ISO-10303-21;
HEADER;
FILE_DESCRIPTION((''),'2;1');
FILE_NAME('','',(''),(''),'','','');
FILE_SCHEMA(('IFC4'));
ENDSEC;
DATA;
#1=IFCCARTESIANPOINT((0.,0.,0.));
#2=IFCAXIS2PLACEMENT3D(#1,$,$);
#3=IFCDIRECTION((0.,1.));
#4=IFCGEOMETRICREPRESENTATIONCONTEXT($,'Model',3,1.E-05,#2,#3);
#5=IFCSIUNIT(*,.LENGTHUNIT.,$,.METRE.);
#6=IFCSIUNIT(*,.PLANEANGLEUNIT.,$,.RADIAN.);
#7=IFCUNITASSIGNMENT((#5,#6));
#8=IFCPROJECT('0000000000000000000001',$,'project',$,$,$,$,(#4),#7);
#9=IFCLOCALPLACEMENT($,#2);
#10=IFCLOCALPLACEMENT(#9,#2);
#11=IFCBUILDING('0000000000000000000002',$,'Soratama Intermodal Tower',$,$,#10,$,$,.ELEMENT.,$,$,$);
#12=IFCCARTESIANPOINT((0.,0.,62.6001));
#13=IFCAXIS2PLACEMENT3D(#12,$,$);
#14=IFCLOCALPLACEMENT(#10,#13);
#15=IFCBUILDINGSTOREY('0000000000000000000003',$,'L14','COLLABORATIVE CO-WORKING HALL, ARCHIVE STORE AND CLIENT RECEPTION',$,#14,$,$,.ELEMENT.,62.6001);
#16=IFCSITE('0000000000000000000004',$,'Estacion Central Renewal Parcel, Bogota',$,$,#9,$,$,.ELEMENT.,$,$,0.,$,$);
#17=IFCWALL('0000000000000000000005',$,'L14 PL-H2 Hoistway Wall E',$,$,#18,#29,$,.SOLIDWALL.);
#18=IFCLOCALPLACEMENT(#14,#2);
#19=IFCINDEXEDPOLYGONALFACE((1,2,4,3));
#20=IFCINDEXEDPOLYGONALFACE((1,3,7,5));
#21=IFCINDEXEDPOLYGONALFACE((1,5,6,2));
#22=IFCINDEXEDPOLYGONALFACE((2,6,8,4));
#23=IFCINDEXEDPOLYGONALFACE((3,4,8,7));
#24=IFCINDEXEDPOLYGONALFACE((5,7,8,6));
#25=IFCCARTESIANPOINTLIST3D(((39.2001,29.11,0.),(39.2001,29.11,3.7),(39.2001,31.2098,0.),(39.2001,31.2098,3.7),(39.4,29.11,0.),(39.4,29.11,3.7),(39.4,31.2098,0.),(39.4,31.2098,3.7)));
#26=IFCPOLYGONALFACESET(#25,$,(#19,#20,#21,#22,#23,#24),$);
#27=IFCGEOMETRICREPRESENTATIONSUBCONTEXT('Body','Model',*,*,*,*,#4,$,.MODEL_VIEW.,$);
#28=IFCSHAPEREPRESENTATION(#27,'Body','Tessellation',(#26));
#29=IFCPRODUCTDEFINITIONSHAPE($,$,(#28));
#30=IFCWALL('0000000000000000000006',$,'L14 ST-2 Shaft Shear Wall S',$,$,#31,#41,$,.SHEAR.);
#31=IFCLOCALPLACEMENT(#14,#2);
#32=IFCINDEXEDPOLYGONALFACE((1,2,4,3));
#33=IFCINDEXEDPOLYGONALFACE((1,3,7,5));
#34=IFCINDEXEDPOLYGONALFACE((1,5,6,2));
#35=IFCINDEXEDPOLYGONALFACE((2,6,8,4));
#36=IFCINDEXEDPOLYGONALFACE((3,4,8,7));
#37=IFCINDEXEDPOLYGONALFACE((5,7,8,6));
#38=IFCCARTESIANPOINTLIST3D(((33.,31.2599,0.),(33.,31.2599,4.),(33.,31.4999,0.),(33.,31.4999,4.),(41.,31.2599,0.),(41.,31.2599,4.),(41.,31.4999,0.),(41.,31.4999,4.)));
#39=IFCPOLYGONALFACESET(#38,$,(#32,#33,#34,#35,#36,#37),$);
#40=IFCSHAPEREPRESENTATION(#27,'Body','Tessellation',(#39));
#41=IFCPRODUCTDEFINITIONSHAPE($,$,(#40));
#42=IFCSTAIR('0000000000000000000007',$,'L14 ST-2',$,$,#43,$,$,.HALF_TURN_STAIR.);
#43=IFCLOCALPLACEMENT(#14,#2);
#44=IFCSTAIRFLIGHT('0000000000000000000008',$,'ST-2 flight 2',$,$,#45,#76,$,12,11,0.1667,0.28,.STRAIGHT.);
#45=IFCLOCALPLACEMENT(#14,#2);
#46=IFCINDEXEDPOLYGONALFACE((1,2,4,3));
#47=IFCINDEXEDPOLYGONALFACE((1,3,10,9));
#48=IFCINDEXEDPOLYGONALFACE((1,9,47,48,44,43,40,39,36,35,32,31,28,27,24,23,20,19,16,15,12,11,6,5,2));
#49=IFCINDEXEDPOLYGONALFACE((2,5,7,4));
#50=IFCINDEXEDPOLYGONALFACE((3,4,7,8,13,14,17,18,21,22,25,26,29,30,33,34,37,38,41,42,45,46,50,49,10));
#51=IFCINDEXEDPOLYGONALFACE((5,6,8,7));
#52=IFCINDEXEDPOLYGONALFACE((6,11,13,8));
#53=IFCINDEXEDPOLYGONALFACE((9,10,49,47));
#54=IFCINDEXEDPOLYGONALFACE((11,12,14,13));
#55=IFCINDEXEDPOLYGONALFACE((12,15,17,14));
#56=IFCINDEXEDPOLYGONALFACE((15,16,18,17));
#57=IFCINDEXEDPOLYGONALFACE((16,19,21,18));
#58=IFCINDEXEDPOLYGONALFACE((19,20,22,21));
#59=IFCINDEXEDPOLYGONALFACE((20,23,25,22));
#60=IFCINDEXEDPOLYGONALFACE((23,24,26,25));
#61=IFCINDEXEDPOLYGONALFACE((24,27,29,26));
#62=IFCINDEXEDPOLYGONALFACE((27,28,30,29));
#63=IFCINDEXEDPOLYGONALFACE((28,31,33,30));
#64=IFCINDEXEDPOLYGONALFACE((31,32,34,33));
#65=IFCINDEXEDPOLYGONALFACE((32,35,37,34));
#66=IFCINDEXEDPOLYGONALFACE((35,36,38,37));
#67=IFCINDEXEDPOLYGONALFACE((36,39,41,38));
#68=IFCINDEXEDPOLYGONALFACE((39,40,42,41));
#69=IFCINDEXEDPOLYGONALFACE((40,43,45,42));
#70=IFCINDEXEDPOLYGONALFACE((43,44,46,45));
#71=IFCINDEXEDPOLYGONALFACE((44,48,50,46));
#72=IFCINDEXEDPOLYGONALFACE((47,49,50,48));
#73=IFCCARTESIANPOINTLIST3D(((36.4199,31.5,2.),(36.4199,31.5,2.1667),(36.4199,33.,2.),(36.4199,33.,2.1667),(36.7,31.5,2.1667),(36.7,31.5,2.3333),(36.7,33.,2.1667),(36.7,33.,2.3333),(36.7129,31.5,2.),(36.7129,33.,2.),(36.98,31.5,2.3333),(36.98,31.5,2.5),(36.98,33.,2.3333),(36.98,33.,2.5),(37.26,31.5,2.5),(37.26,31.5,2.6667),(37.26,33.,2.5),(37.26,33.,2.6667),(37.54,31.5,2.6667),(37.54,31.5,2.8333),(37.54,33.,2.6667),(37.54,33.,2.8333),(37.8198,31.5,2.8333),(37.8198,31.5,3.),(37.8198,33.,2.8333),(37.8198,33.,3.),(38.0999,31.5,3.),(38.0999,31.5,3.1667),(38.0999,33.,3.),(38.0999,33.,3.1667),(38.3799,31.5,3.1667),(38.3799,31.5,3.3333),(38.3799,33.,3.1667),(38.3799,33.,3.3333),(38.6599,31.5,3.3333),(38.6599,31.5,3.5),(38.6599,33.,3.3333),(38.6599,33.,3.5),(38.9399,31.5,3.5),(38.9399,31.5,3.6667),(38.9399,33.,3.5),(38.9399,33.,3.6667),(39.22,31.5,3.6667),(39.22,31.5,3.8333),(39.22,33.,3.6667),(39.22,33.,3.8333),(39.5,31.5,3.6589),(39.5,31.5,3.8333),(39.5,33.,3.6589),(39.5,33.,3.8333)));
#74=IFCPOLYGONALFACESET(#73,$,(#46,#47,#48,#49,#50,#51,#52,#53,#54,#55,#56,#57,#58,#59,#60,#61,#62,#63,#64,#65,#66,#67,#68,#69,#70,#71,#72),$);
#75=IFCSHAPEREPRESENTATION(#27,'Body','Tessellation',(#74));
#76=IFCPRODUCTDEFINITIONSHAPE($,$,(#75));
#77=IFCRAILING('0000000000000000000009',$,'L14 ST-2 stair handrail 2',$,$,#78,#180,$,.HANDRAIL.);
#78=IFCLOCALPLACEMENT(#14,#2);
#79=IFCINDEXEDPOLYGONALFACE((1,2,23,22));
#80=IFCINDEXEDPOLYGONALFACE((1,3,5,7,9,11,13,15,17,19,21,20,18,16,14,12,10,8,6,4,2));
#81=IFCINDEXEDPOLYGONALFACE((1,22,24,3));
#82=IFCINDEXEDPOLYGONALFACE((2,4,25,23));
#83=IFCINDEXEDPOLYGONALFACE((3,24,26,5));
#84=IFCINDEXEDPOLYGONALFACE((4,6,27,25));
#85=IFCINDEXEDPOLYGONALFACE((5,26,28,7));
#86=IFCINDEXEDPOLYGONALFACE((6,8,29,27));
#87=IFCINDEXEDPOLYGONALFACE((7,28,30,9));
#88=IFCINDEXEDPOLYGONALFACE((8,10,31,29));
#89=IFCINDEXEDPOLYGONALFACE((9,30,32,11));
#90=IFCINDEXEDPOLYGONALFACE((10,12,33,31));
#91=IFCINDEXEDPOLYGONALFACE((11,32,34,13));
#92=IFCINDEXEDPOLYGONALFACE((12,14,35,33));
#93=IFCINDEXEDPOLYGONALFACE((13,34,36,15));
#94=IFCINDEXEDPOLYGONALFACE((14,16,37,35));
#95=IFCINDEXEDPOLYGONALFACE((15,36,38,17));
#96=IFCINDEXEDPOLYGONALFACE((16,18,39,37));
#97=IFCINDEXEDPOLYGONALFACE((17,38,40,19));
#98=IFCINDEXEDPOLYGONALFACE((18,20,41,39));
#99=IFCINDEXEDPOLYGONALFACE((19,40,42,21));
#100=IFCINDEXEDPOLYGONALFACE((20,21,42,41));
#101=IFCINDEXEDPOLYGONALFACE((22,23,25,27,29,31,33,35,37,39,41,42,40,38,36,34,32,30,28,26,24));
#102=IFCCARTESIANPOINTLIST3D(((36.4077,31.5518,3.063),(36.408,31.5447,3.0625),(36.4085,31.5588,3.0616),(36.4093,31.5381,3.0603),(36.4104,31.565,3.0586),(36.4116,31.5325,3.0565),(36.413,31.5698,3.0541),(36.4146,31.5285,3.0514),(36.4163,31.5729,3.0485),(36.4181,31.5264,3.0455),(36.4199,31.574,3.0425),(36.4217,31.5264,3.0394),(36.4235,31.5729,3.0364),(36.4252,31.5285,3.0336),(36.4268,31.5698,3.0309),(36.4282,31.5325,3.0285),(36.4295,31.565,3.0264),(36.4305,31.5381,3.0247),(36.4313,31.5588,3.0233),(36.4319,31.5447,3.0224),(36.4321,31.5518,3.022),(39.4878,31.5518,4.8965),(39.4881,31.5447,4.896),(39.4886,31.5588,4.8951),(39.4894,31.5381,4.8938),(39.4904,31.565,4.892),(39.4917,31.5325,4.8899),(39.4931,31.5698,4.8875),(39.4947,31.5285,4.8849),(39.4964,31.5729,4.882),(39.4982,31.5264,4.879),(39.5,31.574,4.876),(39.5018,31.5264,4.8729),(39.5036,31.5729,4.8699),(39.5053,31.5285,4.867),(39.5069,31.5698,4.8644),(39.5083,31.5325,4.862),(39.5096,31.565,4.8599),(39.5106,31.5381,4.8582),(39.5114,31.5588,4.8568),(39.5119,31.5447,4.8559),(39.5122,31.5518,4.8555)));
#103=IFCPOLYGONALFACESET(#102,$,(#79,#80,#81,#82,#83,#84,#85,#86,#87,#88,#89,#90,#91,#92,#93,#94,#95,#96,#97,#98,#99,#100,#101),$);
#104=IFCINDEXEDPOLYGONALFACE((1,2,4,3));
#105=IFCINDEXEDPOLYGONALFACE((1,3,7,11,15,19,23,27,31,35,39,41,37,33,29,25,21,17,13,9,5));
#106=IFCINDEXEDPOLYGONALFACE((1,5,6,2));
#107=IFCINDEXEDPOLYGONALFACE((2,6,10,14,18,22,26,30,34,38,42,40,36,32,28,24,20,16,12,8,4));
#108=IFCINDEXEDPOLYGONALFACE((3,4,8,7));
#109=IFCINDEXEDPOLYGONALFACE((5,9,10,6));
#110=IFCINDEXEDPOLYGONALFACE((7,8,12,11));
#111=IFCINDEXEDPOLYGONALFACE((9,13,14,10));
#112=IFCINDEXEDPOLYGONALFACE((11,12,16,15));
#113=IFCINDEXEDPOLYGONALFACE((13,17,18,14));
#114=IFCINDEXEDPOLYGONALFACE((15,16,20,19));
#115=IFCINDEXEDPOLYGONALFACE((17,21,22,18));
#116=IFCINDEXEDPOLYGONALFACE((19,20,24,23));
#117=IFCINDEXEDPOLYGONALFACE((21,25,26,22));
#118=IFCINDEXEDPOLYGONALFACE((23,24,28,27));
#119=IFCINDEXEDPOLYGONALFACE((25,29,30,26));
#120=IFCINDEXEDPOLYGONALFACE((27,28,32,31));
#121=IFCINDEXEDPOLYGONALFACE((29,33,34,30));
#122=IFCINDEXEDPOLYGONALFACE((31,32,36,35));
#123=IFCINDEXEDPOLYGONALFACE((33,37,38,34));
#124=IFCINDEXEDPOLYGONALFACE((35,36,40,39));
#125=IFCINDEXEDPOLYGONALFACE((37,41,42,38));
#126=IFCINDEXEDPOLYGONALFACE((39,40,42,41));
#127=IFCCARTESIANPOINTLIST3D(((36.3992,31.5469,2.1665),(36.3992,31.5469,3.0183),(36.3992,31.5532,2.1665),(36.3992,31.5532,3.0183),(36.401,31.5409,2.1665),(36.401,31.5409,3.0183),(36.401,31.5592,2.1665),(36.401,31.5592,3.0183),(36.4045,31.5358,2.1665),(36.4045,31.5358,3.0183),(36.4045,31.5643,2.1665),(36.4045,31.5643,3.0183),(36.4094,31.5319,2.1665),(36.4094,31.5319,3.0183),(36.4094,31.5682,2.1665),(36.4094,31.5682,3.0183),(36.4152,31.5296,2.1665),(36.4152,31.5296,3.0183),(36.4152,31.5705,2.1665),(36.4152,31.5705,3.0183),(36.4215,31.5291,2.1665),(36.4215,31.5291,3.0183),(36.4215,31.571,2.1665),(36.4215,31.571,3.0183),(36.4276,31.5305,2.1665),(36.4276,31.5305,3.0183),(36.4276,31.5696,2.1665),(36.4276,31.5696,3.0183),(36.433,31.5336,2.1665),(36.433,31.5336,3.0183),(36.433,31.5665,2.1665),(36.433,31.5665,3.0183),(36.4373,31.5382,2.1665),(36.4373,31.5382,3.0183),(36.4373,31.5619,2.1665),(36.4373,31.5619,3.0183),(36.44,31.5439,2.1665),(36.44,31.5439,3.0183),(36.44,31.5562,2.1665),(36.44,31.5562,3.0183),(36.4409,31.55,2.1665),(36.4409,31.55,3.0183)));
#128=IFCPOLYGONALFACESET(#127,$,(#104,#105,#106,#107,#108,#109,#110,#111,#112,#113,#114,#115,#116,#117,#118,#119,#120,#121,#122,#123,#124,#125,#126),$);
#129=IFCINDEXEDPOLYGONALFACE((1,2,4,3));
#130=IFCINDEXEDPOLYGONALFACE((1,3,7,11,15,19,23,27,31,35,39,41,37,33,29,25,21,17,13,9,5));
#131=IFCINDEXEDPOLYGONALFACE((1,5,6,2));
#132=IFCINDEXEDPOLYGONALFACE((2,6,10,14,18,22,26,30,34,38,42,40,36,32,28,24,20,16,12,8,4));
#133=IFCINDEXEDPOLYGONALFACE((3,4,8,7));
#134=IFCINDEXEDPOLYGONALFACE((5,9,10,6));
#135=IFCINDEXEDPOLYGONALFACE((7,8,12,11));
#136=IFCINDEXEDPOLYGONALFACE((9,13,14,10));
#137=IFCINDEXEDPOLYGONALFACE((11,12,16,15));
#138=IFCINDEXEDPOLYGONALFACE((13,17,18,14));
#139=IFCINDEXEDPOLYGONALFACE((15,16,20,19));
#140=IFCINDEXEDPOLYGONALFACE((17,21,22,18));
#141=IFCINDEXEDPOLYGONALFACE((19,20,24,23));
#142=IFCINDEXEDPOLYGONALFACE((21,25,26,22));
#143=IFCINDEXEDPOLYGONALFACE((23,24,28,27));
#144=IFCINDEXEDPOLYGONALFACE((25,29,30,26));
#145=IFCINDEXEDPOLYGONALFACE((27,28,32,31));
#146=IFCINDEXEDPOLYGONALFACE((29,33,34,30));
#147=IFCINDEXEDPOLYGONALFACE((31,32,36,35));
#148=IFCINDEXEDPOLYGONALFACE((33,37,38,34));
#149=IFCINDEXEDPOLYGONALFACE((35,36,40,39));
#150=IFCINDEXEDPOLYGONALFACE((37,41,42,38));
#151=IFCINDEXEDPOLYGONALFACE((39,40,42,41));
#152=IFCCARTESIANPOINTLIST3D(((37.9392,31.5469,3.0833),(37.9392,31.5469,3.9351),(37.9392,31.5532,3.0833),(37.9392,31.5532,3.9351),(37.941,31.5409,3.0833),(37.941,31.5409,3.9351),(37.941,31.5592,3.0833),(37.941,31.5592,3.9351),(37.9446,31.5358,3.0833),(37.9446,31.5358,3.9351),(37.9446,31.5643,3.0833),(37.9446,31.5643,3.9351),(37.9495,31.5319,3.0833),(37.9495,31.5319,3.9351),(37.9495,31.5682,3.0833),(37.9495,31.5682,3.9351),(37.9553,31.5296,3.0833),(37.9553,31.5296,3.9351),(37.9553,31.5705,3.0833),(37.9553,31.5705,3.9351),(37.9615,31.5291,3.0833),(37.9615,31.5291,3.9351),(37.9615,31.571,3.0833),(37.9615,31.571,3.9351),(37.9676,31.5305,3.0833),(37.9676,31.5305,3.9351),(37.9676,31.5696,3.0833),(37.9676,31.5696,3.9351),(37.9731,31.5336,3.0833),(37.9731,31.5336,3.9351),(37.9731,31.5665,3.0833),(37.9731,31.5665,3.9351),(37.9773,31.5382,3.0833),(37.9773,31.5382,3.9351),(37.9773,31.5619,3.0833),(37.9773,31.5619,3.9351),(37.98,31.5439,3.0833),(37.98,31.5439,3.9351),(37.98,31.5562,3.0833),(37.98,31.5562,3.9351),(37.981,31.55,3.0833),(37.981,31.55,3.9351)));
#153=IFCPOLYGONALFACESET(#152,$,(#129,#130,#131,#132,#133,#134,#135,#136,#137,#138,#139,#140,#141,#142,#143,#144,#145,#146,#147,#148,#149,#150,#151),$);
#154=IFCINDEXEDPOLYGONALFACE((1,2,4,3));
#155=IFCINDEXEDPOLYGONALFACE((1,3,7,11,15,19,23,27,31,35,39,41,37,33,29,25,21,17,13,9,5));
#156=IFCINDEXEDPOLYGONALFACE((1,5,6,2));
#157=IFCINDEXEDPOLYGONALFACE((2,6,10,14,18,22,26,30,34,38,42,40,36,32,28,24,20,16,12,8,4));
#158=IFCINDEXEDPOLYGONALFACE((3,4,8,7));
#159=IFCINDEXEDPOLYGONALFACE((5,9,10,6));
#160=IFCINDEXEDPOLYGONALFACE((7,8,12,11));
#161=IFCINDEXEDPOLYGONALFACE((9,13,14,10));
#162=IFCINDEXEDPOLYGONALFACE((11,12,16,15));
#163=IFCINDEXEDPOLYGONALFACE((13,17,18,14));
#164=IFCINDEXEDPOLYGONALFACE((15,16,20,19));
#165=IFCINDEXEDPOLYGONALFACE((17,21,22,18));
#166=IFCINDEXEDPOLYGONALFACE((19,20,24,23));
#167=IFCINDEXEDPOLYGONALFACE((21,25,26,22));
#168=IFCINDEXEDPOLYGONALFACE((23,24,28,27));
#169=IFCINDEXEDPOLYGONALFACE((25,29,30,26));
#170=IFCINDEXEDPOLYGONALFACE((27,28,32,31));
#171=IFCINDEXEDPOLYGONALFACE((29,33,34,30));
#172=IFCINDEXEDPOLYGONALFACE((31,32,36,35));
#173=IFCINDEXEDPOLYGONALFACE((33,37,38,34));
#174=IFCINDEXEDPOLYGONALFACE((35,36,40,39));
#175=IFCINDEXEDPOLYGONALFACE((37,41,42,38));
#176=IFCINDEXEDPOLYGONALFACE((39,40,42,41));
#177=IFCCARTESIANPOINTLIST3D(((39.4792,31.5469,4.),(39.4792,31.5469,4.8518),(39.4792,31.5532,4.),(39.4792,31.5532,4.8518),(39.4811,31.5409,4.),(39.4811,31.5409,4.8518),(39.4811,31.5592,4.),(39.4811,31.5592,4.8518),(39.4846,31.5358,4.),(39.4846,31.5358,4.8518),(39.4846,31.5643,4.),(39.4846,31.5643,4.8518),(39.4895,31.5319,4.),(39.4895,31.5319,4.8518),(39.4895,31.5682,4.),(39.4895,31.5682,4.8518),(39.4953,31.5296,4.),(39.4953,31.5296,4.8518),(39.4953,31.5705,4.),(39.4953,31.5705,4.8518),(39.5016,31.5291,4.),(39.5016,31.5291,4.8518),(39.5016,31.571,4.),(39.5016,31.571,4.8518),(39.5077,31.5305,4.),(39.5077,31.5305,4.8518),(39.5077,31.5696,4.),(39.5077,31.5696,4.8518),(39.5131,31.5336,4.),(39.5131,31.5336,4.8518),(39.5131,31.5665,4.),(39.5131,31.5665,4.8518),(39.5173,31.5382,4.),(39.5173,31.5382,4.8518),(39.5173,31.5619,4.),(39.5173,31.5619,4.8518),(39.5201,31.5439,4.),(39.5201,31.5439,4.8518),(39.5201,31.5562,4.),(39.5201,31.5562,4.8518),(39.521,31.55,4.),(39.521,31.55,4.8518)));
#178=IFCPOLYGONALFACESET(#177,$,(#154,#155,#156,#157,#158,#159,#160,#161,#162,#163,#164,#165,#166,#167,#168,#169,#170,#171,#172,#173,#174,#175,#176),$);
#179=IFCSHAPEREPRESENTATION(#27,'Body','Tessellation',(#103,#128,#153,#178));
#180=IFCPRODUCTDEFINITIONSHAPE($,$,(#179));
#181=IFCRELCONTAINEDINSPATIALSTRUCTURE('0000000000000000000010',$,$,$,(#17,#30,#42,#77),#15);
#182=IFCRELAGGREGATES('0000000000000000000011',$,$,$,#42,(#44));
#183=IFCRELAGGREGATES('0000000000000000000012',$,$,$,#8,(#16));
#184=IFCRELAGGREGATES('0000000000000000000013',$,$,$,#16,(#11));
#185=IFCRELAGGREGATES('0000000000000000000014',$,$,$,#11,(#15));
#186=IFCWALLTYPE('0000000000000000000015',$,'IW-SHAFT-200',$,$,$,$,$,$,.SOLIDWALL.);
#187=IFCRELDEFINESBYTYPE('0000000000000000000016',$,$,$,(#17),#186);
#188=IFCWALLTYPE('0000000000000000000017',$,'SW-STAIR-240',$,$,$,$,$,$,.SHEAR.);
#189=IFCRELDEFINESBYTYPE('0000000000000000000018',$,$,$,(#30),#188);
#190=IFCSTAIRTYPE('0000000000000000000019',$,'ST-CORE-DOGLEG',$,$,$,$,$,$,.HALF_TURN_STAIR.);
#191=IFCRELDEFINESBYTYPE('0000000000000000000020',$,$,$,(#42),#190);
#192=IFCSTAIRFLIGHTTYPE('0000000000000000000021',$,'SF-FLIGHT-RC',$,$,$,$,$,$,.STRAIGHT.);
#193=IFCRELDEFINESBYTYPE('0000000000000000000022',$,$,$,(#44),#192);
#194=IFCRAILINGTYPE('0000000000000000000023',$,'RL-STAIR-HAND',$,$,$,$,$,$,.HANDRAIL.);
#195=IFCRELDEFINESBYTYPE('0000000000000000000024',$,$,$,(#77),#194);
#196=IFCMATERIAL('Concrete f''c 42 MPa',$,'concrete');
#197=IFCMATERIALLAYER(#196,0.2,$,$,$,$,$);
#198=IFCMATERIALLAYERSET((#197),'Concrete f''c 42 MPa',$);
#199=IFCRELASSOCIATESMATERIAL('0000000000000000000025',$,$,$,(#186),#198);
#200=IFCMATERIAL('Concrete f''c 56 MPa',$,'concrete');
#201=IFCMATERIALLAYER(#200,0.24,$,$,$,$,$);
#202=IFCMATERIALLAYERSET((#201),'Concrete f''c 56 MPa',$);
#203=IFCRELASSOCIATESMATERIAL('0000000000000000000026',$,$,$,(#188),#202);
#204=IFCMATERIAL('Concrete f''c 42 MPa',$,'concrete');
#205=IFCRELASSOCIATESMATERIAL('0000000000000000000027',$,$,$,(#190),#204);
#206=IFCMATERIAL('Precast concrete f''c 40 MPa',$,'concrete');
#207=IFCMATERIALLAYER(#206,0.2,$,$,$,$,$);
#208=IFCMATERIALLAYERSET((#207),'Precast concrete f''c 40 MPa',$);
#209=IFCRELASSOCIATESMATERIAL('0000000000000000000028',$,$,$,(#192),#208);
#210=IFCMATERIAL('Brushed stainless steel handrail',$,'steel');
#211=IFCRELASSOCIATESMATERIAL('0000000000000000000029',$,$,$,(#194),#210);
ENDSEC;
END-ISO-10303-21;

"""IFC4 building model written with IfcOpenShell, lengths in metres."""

from ifc_helpers import new_model, si_unit, direction, frame, frame_2d, origin, origin_2d, place, context, subcontext, project, spatial, polyline, rectangle, circle, outline, extrude, material, layer, layer_set, type_object, element, aggregate, save


model = new_model("IFC4")

# Units and contexts
model_context = context("Model", 3, precision=1e-05, world=origin(), true_north=direction((0.0, 1.0)))
body_context = subcontext(model_context, "Body", "Model", "MODEL_VIEW")
ifc_project = project(units=[si_unit("LENGTHUNIT", "METRE"), si_unit("PLANEANGLEUNIT", "RADIAN")], contexts=[model_context])

# Site, building, storey
site_placement = place(None, origin())
site = spatial("IfcSite", under=ifc_project, at=site_placement, Name="Estacion Central Renewal Parcel, Bogota", CompositionType="ELEMENT", RefElevation=0.0)
building_placement = place(site_placement, origin())
building = spatial("IfcBuilding", under=site, at=building_placement, Name="Soratama Intermodal Tower", CompositionType="ELEMENT")
storey_placement = place(building_placement, frame((0.0, 0.0, 62.6001)))
storey = spatial("IfcBuildingStorey", under=building, at=storey_placement, Name="L14", Description="COLLABORATIVE CO-WORKING HALL, ARCHIVE STORE AND CLIENT RECEPTION", CompositionType="ELEMENT", Elevation=62.6001)

# Shared definitions
ifc_material_1 = material(Name="Concrete f'c 42 MPa", Category="concrete")
ifc_layer_1 = layer(ifc_material_1, 0.2)
ifc_layer_set_1 = layer_set([ifc_layer_1], Name="Concrete f'c 42 MPa")
wall_type_1 = type_object("IfcWallType", Name="IW-SHAFT-200", PredefinedType="SOLIDWALL", material=ifc_layer_set_1)

# Walls
wall_1_placement = place(storey_placement, frame((39.3, 29.1101, 0.0), z_axis=(0.0, 0.0, 1.0), x_axis=(0.0, 1.0, 0.0)))
element("IfcWall", 1, at=wall_1_placement, inside=storey, type_object=wall_type_1, Name="L14 PL-H2 Hoistway Wall E", PredefinedType="SOLIDWALL", context=body_context, shape_type="SweptSolid", body=[
    extrude(rectangle(XDim=2.0999, YDim=0.2, at=frame_2d((1.0498, 0.0))), origin(), (0.0, 0.0, 1.0), 3.7),
])
ifc_material_2 = material(Name="Concrete f'c 56 MPa", Category="concrete")
ifc_layer_2 = layer(ifc_material_2, 0.24)
ifc_layer_set_2 = layer_set([ifc_layer_2], Name="Concrete f'c 56 MPa")
wall_type_2 = type_object("IfcWallType", Name="SW-STAIR-240", PredefinedType="SHEAR", material=ifc_layer_set_2)
wall_2_placement = place(storey_placement, frame((33.0, 31.3799, 0.0), z_axis=(0.0, 0.0, 1.0), x_axis=(1.0, 0.0, 0.0)))
element("IfcWall", 2, at=wall_2_placement, inside=storey, type_object=wall_type_2, Name="L14 ST-2 Shaft Shear Wall S", PredefinedType="SHEAR", context=body_context, shape_type="SweptSolid", body=[
    extrude(rectangle(XDim=8.0, YDim=0.24, at=frame_2d((4.0, 0.0))), origin(), (0.0, 0.0, 1.0), 4.0),
])

# Stair, stair flight
ifc_material_3 = material(Name="Concrete f'c 42 MPa", Category="concrete")
stair_type = type_object("IfcStairType", Name="ST-CORE-DOGLEG", PredefinedType="HALF_TURN_STAIR", material=ifc_material_3)
stair_placement = place(storey_placement, origin())
stair = element("IfcStair", 3, at=stair_placement, inside=storey, type_object=stair_type, Name="L14 ST-2", PredefinedType="HALF_TURN_STAIR")
ifc_material_4 = material(Name="Precast concrete f'c 40 MPa", Category="concrete")
ifc_layer_3 = layer(ifc_material_4, 0.2)
ifc_layer_set_3 = layer_set([ifc_layer_3], Name="Precast concrete f'c 40 MPa")
stair_flight_type = type_object("IfcStairFlightType", Name="SF-FLIGHT-RC", PredefinedType="STRAIGHT", material=ifc_layer_set_3)
stair_flight_placement = place(storey_placement, frame((36.4199, 32.25, 2.0), z_axis=(0.0, 0.0, 1.0), x_axis=(1.0, 0.0, 0.0)))
stair_flight = element("IfcStairFlight", 4, at=stair_flight_placement, type_object=stair_flight_type, Name="ST-2 flight 2", NumberOfRisers=12, NumberOfTreads=11, PredefinedType="STRAIGHT", RiserHeight=0.1667, TreadLength=0.28, context=body_context, shape_type="SweptSolid", body=[
    extrude(outline(polyline([(0.0, 0.0), (0.0, 0.1667), (0.28, 0.1667), (0.28, 0.3333), (0.5601, 0.3333), (0.5601, 0.5), (0.8401, 0.5), (0.8401, 0.6667), (1.1201, 0.6667), (1.1201, 0.8333), (1.3999, 0.8333), (1.3999, 1.0), (1.6799, 1.0), (1.6799, 1.1667), (1.96, 1.1667), (1.96, 1.3333), (2.24, 1.3333), (2.24, 1.5), (2.52, 1.5), (2.52, 1.6667), (2.8, 1.6667), (2.8, 1.8333), (3.0801, 1.8333), (3.0801, 2.0), (3.0801, 1.6589), (0.293, 0.0), (0.0, 0.0)])), frame((0.0, 0.75, 0.0), z_axis=(0.0, -1.0, 0.0), x_axis=(1.0, 0.0, 0.0)), (0.0, 0.0, 1.0), 1.5),
])
aggregate(stair, [stair_flight])

# Railing
ifc_material_5 = material(Name="Brushed stainless steel handrail", Category="steel")
railing_type = type_object("IfcRailingType", Name="RL-STAIR-HAND", PredefinedType="HANDRAIL", material=ifc_material_5)
railing_placement = place(storey_placement, frame((36.4199, 31.55, 2.1665)))
element("IfcRailing", 5, at=railing_placement, inside=storey, type_object=railing_type, Name="L14 ST-2 stair handrail 2", PredefinedType="HANDRAIL", context=body_context, shape_type="SweptSolid", body=[
    extrude(circle(Radius=0.0239, at=origin_2d()), frame((0.0, 0.0, 0.876), z_axis=(0.859279, 0.0, 0.511508), x_axis=(0.0, 1.0, 0.0)), (0.0, 0.0, 1.0), 3.5845),
    extrude(circle(Radius=0.021, at=origin_2d()), origin(), (0.0, 0.0, 1.0), 0.8518),
    extrude(circle(Radius=0.021, at=origin_2d()), frame((1.54, 0.0, 0.9167)), (0.0, 0.0, 1.0), 0.8518),
    extrude(circle(Radius=0.021, at=origin_2d()), frame((3.0801, 0.0, 1.8335)), (0.0, 0.0, 1.0), 0.8518),
])

save(model, "model.ifc")
